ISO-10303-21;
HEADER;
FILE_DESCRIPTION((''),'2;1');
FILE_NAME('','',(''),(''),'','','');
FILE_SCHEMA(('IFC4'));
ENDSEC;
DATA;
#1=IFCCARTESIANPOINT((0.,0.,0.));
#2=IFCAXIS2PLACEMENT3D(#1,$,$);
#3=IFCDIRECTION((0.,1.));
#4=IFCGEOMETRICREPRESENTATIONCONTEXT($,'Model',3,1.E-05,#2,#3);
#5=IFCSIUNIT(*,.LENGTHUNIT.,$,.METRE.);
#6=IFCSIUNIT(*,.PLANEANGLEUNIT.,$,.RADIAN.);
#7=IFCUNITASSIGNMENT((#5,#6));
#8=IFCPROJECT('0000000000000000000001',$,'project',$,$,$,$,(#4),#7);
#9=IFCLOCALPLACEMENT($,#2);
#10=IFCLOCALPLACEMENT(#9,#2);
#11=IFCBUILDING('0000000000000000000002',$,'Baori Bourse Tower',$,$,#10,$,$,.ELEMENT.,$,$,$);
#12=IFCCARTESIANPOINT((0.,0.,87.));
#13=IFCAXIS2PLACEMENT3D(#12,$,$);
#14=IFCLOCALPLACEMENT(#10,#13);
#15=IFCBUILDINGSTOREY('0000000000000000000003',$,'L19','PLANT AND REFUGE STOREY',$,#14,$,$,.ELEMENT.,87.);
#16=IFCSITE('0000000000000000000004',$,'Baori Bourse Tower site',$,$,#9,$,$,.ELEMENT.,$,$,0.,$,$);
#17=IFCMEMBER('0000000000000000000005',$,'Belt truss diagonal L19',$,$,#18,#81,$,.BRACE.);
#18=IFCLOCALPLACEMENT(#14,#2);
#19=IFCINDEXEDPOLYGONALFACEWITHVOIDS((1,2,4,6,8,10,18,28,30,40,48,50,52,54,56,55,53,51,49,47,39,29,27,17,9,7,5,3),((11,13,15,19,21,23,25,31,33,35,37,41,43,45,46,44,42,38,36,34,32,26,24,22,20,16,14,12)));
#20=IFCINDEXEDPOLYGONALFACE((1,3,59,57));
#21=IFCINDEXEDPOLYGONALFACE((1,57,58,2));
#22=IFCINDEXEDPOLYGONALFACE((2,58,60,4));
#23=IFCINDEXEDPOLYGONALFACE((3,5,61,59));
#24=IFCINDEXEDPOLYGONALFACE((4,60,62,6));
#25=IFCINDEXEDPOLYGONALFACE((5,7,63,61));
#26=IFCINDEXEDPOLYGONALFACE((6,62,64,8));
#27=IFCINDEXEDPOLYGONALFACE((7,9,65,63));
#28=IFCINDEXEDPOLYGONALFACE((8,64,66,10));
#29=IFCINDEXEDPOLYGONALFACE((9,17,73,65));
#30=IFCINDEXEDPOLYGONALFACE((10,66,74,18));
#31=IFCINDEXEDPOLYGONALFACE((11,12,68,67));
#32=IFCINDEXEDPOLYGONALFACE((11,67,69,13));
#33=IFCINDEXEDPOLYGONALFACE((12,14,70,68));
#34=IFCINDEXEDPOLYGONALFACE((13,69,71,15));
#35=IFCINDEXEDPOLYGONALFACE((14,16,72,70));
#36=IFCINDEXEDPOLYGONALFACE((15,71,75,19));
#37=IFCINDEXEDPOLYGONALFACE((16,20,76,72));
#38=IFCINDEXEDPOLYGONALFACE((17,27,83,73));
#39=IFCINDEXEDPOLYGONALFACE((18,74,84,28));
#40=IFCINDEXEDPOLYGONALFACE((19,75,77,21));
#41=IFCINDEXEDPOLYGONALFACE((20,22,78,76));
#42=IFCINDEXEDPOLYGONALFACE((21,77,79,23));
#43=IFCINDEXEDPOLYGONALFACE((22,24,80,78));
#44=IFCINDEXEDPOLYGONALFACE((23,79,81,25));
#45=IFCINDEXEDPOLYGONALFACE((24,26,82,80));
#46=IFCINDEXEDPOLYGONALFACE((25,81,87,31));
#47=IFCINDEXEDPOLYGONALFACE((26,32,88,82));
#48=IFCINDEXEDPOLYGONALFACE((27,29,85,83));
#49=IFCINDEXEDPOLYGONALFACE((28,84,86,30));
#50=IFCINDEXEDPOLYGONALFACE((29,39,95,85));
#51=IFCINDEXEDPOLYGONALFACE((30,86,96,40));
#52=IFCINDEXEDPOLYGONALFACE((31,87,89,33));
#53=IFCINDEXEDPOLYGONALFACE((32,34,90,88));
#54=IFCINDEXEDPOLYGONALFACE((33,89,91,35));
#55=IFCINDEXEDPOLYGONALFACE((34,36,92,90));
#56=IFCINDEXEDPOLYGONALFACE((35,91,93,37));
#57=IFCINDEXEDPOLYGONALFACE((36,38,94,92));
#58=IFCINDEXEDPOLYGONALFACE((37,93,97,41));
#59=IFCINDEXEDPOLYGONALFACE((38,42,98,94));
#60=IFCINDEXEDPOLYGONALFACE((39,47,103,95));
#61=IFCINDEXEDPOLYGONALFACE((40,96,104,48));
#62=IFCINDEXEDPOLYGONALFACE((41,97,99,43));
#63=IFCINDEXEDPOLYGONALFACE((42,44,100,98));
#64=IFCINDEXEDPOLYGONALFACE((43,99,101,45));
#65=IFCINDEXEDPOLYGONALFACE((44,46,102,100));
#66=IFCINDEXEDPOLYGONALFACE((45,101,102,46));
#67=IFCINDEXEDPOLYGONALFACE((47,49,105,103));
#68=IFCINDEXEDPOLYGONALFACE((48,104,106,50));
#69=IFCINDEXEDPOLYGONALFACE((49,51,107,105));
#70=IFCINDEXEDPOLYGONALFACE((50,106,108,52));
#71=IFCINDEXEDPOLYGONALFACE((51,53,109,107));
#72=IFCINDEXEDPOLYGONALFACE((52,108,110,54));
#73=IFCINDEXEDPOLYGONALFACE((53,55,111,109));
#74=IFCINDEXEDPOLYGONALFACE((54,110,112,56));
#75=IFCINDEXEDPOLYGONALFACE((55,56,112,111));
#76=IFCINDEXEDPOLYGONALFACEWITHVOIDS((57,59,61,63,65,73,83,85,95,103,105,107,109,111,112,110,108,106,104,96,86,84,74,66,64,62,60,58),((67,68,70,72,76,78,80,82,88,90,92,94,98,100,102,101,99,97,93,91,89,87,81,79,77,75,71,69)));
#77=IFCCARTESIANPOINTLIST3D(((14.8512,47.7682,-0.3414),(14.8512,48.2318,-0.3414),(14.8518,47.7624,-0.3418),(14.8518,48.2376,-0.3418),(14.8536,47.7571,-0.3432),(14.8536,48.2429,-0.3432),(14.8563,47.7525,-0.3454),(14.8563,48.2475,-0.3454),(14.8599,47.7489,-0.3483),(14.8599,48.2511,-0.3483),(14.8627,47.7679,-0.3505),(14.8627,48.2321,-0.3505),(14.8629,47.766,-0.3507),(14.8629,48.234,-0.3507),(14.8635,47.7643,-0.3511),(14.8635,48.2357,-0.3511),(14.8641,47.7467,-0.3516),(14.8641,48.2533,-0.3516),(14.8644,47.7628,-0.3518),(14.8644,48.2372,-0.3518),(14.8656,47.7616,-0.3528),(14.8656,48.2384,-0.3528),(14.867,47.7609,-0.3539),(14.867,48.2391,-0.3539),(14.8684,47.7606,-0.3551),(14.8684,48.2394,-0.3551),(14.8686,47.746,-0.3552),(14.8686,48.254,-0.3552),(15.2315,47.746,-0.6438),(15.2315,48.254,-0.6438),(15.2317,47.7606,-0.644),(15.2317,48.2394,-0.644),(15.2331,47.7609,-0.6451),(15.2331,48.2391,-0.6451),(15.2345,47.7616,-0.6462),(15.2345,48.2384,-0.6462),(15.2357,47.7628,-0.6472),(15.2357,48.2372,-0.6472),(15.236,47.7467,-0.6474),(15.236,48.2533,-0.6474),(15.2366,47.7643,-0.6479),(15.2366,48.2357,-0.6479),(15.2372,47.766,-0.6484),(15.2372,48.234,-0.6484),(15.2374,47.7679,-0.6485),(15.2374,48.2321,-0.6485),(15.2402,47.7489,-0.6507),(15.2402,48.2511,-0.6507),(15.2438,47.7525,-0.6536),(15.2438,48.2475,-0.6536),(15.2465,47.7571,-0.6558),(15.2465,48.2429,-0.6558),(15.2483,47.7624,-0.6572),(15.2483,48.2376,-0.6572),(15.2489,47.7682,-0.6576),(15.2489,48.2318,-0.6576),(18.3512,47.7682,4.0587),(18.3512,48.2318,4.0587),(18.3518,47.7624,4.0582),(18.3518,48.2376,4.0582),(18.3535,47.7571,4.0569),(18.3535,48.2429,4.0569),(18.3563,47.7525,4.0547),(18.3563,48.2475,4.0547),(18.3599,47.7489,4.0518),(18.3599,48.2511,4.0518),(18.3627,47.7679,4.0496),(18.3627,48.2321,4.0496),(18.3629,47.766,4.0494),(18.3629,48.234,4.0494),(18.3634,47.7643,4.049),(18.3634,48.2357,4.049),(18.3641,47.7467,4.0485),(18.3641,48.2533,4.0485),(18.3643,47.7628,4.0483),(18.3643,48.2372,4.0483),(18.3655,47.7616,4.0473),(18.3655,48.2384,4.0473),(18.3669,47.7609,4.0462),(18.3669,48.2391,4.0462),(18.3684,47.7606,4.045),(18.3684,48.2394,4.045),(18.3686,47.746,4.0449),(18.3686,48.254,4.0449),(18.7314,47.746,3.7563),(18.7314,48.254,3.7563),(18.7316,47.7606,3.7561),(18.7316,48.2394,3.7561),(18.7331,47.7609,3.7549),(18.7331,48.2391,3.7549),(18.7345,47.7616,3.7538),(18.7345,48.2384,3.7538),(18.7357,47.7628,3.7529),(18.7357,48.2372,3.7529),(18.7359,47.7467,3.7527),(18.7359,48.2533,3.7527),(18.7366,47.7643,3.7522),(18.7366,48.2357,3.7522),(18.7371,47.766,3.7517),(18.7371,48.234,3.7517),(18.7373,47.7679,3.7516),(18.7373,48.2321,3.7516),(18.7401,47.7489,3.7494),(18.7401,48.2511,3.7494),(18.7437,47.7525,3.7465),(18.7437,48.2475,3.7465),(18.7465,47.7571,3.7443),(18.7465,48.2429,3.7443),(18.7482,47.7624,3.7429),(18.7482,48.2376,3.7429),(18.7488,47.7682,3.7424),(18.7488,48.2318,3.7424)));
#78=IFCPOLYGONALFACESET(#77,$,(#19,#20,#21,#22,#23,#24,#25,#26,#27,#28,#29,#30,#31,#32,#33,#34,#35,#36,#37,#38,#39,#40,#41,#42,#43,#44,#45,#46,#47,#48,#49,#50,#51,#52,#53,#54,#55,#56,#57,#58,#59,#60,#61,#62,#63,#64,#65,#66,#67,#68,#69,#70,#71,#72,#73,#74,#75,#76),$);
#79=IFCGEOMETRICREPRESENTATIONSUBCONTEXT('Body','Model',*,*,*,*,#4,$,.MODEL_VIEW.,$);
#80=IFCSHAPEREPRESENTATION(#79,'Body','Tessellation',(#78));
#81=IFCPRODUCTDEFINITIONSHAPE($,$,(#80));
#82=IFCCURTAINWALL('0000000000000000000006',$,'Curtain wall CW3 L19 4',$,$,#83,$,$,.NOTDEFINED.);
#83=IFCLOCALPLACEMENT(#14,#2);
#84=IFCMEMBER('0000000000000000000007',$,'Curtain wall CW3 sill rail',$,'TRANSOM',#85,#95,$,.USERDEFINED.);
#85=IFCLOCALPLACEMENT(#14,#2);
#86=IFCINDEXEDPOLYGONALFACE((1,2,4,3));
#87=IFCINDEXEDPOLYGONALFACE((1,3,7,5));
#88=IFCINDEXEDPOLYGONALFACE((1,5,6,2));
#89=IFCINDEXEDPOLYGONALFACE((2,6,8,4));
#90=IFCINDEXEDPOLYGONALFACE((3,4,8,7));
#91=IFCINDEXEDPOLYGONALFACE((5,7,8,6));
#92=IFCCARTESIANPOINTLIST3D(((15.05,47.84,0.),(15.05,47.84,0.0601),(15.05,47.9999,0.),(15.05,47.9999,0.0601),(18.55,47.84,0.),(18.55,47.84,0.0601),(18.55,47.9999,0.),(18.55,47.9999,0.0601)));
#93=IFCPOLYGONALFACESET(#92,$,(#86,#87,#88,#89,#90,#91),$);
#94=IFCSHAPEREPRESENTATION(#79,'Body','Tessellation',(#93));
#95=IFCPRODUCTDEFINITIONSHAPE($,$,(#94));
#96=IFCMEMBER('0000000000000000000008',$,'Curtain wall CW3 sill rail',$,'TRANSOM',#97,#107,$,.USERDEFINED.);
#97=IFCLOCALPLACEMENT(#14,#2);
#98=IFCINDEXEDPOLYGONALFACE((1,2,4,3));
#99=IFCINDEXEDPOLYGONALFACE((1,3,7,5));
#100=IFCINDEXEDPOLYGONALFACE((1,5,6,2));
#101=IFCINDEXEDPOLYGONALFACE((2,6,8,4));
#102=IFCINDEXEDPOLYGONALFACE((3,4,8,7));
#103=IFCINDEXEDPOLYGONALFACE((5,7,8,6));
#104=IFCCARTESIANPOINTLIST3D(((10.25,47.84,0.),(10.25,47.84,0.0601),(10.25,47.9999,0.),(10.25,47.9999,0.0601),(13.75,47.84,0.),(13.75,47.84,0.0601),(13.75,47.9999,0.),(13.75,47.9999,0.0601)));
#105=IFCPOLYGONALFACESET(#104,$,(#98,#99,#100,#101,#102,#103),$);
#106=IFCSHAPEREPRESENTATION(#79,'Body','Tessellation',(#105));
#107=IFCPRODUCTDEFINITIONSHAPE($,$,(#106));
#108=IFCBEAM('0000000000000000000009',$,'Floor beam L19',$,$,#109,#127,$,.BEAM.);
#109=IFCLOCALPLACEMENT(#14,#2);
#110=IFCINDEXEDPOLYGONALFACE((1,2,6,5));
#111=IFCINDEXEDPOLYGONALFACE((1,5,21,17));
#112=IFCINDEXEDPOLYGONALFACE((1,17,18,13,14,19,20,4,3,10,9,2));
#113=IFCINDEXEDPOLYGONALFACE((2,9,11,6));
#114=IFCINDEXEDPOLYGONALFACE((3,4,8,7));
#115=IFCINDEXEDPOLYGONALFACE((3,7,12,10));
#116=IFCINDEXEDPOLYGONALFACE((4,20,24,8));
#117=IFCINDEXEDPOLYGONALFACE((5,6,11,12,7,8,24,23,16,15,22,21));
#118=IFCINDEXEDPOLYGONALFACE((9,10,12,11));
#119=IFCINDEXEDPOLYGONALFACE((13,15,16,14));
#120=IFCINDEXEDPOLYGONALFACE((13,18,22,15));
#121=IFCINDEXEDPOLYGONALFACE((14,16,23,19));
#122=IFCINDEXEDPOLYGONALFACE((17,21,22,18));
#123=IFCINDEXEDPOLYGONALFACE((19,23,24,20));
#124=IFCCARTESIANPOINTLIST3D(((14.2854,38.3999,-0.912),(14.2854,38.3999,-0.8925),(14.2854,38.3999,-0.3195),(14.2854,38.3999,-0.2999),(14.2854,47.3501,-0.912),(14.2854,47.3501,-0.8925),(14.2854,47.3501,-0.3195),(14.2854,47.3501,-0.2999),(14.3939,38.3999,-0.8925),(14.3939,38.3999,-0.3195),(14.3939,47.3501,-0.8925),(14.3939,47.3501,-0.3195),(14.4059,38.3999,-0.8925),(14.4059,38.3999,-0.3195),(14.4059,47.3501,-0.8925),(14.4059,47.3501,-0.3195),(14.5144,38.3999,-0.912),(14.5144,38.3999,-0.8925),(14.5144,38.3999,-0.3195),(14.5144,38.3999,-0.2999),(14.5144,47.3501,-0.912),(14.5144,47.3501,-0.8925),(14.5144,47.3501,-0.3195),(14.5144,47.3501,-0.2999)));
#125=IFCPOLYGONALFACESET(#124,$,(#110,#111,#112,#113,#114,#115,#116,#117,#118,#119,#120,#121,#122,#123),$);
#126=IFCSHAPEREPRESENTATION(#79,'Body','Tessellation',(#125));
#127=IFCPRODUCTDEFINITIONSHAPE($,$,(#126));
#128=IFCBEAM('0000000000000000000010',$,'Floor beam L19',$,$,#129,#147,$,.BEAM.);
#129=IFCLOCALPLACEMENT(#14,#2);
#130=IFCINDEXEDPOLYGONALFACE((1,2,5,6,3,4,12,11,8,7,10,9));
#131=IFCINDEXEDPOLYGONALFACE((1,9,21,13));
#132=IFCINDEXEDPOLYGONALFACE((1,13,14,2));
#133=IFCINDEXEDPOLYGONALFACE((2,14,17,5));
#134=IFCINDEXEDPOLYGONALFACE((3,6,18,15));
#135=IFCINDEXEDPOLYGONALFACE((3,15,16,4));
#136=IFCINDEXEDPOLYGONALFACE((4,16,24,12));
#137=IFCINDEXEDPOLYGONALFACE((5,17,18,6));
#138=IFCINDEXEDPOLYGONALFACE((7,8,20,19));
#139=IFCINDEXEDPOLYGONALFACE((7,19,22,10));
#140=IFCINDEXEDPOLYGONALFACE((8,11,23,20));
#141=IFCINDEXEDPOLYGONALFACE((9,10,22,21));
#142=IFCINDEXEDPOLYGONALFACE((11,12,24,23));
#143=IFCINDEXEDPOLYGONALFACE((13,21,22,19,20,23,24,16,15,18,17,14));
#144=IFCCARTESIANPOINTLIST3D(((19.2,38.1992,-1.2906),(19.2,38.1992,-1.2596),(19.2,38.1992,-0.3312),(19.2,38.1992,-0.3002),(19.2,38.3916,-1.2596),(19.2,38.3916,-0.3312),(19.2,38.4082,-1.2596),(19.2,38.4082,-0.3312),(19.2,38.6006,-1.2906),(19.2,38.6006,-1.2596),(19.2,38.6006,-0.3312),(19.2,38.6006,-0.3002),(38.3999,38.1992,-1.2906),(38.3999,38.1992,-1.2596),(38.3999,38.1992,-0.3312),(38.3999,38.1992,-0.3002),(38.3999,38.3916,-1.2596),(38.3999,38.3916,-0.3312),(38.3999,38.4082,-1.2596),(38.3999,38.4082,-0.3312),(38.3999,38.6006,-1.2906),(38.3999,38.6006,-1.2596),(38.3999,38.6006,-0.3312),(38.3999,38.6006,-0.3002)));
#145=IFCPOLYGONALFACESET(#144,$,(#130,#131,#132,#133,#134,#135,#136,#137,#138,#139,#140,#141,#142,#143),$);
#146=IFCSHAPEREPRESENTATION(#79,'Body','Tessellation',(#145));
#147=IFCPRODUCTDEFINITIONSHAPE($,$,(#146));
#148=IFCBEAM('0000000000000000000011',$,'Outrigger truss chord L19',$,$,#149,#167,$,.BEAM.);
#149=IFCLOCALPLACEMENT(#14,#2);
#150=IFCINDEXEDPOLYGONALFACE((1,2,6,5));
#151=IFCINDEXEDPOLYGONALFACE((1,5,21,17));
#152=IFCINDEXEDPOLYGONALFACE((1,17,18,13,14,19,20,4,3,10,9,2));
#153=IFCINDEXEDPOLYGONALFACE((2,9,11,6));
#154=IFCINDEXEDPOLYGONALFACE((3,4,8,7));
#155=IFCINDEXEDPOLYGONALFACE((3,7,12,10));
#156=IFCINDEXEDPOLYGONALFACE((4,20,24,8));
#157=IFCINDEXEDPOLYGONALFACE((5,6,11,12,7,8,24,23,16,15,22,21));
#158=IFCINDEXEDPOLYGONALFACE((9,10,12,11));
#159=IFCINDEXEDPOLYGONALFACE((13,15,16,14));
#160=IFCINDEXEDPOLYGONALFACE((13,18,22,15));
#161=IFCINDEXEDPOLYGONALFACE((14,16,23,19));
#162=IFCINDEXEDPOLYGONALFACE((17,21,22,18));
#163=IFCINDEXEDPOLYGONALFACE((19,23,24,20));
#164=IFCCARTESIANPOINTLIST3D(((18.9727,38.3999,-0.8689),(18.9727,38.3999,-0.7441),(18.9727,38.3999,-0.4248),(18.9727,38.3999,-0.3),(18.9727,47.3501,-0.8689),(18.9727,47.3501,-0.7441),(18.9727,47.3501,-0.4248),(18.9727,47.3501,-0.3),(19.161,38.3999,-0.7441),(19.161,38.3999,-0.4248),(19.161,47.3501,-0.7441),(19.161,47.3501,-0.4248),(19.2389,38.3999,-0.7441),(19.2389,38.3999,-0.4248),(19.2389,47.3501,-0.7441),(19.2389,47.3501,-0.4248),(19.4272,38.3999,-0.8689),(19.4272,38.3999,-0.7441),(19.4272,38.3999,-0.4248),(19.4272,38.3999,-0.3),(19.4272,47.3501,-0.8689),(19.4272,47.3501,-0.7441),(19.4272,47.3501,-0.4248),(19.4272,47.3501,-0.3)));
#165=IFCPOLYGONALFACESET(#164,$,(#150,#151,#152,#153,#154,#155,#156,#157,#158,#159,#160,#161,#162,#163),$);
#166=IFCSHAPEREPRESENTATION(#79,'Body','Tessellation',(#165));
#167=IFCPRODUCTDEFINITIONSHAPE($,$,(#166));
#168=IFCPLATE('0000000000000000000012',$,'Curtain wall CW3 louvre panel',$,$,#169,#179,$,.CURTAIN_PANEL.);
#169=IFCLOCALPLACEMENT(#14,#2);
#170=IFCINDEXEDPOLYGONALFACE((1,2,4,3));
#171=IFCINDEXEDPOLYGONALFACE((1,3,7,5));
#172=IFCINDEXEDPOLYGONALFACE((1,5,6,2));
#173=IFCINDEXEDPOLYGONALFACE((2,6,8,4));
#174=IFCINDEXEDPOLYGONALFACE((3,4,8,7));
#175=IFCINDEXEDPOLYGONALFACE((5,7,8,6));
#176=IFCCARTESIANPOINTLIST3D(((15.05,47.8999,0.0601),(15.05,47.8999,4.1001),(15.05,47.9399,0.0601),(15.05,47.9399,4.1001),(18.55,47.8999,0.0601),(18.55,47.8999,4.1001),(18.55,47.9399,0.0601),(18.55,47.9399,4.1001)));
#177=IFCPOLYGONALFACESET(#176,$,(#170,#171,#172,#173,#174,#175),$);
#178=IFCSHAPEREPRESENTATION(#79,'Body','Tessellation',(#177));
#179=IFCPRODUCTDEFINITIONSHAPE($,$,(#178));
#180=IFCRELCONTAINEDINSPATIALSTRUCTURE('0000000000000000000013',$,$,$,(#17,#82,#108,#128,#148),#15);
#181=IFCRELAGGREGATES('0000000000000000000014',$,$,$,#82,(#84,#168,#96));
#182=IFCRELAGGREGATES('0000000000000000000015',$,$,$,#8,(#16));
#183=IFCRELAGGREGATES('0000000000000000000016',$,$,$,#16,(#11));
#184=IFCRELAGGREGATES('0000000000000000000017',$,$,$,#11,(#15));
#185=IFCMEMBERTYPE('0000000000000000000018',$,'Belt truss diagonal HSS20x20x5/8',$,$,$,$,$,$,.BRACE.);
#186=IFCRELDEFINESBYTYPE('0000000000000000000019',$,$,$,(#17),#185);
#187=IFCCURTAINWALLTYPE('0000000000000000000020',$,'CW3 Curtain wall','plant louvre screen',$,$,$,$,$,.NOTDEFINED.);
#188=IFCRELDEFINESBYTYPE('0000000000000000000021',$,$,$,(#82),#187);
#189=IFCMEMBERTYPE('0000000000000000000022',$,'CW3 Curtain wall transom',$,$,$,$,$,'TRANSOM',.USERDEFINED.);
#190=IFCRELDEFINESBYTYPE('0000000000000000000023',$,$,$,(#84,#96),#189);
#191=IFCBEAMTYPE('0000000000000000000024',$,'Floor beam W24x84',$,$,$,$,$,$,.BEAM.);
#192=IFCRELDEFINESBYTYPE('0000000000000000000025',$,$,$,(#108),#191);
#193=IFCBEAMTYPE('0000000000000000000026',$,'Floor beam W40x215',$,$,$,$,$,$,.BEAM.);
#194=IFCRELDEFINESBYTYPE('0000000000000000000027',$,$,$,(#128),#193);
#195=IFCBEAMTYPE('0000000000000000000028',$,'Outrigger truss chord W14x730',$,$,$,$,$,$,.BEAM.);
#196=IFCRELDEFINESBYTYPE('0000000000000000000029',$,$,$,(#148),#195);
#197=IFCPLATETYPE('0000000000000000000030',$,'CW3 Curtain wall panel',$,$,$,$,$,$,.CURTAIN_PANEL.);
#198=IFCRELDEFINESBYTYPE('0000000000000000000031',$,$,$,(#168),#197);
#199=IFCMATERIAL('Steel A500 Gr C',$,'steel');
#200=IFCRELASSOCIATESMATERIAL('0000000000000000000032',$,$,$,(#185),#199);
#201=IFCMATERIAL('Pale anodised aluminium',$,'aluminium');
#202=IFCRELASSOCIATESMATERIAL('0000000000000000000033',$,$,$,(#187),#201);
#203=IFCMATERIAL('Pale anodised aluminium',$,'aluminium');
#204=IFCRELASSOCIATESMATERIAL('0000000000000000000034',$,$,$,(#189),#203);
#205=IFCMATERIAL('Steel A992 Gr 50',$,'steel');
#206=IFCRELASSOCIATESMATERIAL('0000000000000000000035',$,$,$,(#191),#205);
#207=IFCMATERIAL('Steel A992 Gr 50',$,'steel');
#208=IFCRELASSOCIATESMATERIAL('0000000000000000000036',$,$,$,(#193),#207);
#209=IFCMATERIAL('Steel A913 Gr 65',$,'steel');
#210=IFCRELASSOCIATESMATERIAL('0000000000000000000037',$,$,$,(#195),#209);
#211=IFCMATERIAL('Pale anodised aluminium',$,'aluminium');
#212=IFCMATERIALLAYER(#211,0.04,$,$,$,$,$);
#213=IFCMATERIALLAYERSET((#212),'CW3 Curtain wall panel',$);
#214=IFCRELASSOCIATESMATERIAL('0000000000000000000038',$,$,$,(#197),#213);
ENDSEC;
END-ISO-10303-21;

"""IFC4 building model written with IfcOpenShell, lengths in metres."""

from ifc_helpers import new_model, si_unit, direction, frame, origin, origin_2d, place, context, subcontext, project, spatial, rectangle, hollow_rectangle, i_section, extrude, material, layer, layer_set, material_profile, profile_set, type_object, element, aggregate, save


model = new_model("IFC4")

# Units and contexts
model_context = context("Model", 3, precision=1e-05, world=origin(), true_north=direction((0.0, 1.0)))
body_context = subcontext(model_context, "Body", "Model", "MODEL_VIEW")
ifc_project = project(units=[si_unit("LENGTHUNIT", "METRE"), si_unit("PLANEANGLEUNIT", "RADIAN")], contexts=[model_context])

# Site, building, storey
site_placement = place(None, origin())
site = spatial("IfcSite", under=ifc_project, at=site_placement, Name="Baori Bourse Tower site", CompositionType="ELEMENT", RefElevation=0.0)
building_placement = place(site_placement, origin())
building = spatial("IfcBuilding", under=site, at=building_placement, Name="Baori Bourse Tower", CompositionType="ELEMENT")
storey_placement = place(building_placement, frame((0.0, 0.0, 87.0)))
storey = spatial("IfcBuildingStorey", under=building, at=storey_placement, Name="L19", Description="PLANT AND REFUGE STOREY", CompositionType="ELEMENT", Elevation=87.0)

# Member
ifc_material_1 = material(Name="Steel A500 Gr C", Category="steel")
ifc_material_profile_1 = material_profile(ifc_material_1, hollow_rectangle(XDim=0.5081, YDim=0.5081, WallThickness=0.0146, InnerFilletRadius=0.0073, OuterFilletRadius=0.0222, at=origin_2d()), Name="HSS20x20x5/8")
ifc_profile_set_1 = profile_set([ifc_material_profile_1], Name="Steel A500 Gr C")
member_type_1 = type_object("IfcMemberType", Name="Belt truss diagonal HSS20x20x5/8", PredefinedType="BRACE", material=ifc_profile_set_1)
for number, where, z_axis, x_axis, name in (
    (1, (15.05, 48.0, -0.4995), (0.622511, 0.0, 0.782611), (0.0, 1.0, 0.0), "Belt truss diagonal L19"),
):
    element("IfcMember", number, at=place(storey_placement, frame(where, z_axis=z_axis, x_axis=x_axis)), inside=storey, type_object=member_type_1, Name=name, PredefinedType="BRACE", context=body_context, shape_type="SweptSolid", body=[
        extrude(hollow_rectangle(XDim=0.5081, YDim=0.5081, WallThickness=0.0146, InnerFilletRadius=0.0073, OuterFilletRadius=0.0222, at=origin_2d()), origin(), (0.0, 0.0, 1.0), 5.6223),
    ])

# Curtain wall, members
ifc_material_2 = material(Name="Pale anodised aluminium", Category="aluminium")
curtain_wall_type = type_object("IfcCurtainWallType", Name="CW3 Curtain wall", Description="plant louvre screen", PredefinedType="NOTDEFINED", material=ifc_material_2)
curtain_wall_placement = place(storey_placement, origin())
curtain_wall = element("IfcCurtainWall", 2, at=curtain_wall_placement, inside=storey, type_object=curtain_wall_type, Name="Curtain wall CW3 L19 4", PredefinedType="NOTDEFINED")
ifc_material_3 = material(Name="Pale anodised aluminium", Category="aluminium")
ifc_material_profile_2 = material_profile(ifc_material_3, rectangle(XDim=0.1599, YDim=0.0601, at=origin_2d()), Name="Transom 60x160")
ifc_profile_set_2 = profile_set([ifc_material_profile_2], Name="Pale anodised aluminium")
member_type_2 = type_object("IfcMemberType", Name="CW3 Curtain wall transom", ElementType="TRANSOM", PredefinedType="USERDEFINED", material=ifc_profile_set_2)
member_1_placement = place(storey_placement, frame((18.55, 47.9199, 0.03), z_axis=(-1.0, 0.0, 0.0), x_axis=(0.0, -1.0, 0.0)))
member_1 = element("IfcMember", 3, at=member_1_placement, type_object=member_type_2, Name="Curtain wall CW3 sill rail", ObjectType="TRANSOM", PredefinedType="USERDEFINED", context=body_context, shape_type="SweptSolid", body=[
    extrude(rectangle(XDim=0.1599, YDim=0.0601, at=origin_2d()), origin(), (0.0, 0.0, 1.0), 3.5),
])
member_2_placement = place(storey_placement, frame((13.75, 47.9199, 0.03), z_axis=(-1.0, 0.0, 0.0), x_axis=(0.0, -1.0, 0.0)))
member_2 = element("IfcMember", 4, at=member_2_placement, type_object=member_type_2, Name="Curtain wall CW3 sill rail", ObjectType="TRANSOM", PredefinedType="USERDEFINED", context=body_context, shape_type="SweptSolid", body=[
    extrude(rectangle(XDim=0.1599, YDim=0.0601, at=origin_2d()), origin(), (0.0, 0.0, 1.0), 3.5),
])

# Beams
ifc_material_4 = material(Name="Steel A992 Gr 50", Category="steel")
ifc_material_profile_3 = material_profile(ifc_material_4, i_section(OverallWidth=0.229, OverallDepth=0.6121, WebThickness=0.012, FlangeThickness=0.0195, at=origin_2d()), Name="W24x84")
ifc_profile_set_3 = profile_set([ifc_material_profile_3], Name="Steel A992 Gr 50")
beam_type_1 = type_object("IfcBeamType", Name="Floor beam W24x84", PredefinedType="BEAM", material=ifc_profile_set_3)
beam_1_placement = place(storey_placement, frame((14.3999, 38.3999, -0.606), z_axis=(0.0, 1.0, 0.0), x_axis=(-1.0, 0.0, 0.0)))
element("IfcBeam", 5, at=beam_1_placement, inside=storey, type_object=beam_type_1, Name="Floor beam L19", PredefinedType="BEAM", context=body_context, shape_type="SweptSolid", body=[
    extrude(i_section(OverallWidth=0.229, OverallDepth=0.6121, WebThickness=0.012, FlangeThickness=0.0195, at=origin_2d()), origin(), (0.0, 0.0, 1.0), 8.9502),
])
ifc_material_5 = material(Name="Steel A992 Gr 50", Category="steel")
ifc_material_profile_4 = material_profile(ifc_material_5, i_section(OverallWidth=0.4014, OverallDepth=0.9905, WebThickness=0.0166, FlangeThickness=0.031, at=origin_2d()), Name="W40x215")
ifc_profile_set_4 = profile_set([ifc_material_profile_4], Name="Steel A992 Gr 50")
beam_type_2 = type_object("IfcBeamType", Name="Floor beam W40x215", PredefinedType="BEAM", material=ifc_profile_set_4)
beam_2_placement = place(storey_placement, frame((19.2, 38.3999, -0.7954), z_axis=(1.0, 0.0, 0.0), x_axis=(0.0, 1.0, 0.0)))
element("IfcBeam", 6, at=beam_2_placement, inside=storey, type_object=beam_type_2, Name="Floor beam L19", PredefinedType="BEAM", context=body_context, shape_type="SweptSolid", body=[
    extrude(i_section(OverallWidth=0.4014, OverallDepth=0.9905, WebThickness=0.0166, FlangeThickness=0.031, at=origin_2d()), origin(), (0.0, 0.0, 1.0), 19.2),
])
ifc_material_6 = material(Name="Steel A913 Gr 65", Category="steel")
ifc_material_profile_5 = material_profile(ifc_material_6, i_section(OverallWidth=0.4546, OverallDepth=0.5688, WebThickness=0.0779, FlangeThickness=0.1248, at=origin_2d()), Name="W14x730")
ifc_profile_set_5 = profile_set([ifc_material_profile_5], Name="Steel A913 Gr 65")
beam_type_3 = type_object("IfcBeamType", Name="Outrigger truss chord W14x730", PredefinedType="BEAM", material=ifc_profile_set_5)
beam_3_placement = place(storey_placement, frame((19.2, 38.3999, -0.5845), z_axis=(0.0, 1.0, 0.0), x_axis=(-1.0, 0.0, 0.0)))
element("IfcBeam", 7, at=beam_3_placement, inside=storey, type_object=beam_type_3, Name="Outrigger truss chord L19", PredefinedType="BEAM", context=body_context, shape_type="SweptSolid", body=[
    extrude(i_section(OverallWidth=0.4546, OverallDepth=0.5688, WebThickness=0.0779, FlangeThickness=0.1248, at=origin_2d()), origin(), (0.0, 0.0, 1.0), 8.9502),
])

# Plate
ifc_material_7 = material(Name="Pale anodised aluminium", Category="aluminium")
ifc_layer_1 = layer(ifc_material_7, 0.04)
ifc_layer_set_1 = layer_set([ifc_layer_1], Name="CW3 Curtain wall panel")
plate_type = type_object("IfcPlateType", Name="CW3 Curtain wall panel", PredefinedType="CURTAIN_PANEL", material=ifc_layer_set_1)
plate_1_placement = place(storey_placement, frame((16.8, 47.9199, 0.0601), z_axis=(0.0, 0.0, 1.0), x_axis=(-1.0, 0.0, 0.0)))
plate_1 = element("IfcPlate", 8, at=plate_1_placement, type_object=plate_type, Name="Curtain wall CW3 louvre panel", PredefinedType="CURTAIN_PANEL", context=body_context, shape_type="SweptSolid", body=[
    extrude(rectangle(XDim=3.5, YDim=0.04, at=origin_2d()), origin(), (0.0, 0.0, 1.0), 4.04),
])
aggregate(curtain_wall, [member_1, plate_1, member_2])

save(model, "model.ifc")
